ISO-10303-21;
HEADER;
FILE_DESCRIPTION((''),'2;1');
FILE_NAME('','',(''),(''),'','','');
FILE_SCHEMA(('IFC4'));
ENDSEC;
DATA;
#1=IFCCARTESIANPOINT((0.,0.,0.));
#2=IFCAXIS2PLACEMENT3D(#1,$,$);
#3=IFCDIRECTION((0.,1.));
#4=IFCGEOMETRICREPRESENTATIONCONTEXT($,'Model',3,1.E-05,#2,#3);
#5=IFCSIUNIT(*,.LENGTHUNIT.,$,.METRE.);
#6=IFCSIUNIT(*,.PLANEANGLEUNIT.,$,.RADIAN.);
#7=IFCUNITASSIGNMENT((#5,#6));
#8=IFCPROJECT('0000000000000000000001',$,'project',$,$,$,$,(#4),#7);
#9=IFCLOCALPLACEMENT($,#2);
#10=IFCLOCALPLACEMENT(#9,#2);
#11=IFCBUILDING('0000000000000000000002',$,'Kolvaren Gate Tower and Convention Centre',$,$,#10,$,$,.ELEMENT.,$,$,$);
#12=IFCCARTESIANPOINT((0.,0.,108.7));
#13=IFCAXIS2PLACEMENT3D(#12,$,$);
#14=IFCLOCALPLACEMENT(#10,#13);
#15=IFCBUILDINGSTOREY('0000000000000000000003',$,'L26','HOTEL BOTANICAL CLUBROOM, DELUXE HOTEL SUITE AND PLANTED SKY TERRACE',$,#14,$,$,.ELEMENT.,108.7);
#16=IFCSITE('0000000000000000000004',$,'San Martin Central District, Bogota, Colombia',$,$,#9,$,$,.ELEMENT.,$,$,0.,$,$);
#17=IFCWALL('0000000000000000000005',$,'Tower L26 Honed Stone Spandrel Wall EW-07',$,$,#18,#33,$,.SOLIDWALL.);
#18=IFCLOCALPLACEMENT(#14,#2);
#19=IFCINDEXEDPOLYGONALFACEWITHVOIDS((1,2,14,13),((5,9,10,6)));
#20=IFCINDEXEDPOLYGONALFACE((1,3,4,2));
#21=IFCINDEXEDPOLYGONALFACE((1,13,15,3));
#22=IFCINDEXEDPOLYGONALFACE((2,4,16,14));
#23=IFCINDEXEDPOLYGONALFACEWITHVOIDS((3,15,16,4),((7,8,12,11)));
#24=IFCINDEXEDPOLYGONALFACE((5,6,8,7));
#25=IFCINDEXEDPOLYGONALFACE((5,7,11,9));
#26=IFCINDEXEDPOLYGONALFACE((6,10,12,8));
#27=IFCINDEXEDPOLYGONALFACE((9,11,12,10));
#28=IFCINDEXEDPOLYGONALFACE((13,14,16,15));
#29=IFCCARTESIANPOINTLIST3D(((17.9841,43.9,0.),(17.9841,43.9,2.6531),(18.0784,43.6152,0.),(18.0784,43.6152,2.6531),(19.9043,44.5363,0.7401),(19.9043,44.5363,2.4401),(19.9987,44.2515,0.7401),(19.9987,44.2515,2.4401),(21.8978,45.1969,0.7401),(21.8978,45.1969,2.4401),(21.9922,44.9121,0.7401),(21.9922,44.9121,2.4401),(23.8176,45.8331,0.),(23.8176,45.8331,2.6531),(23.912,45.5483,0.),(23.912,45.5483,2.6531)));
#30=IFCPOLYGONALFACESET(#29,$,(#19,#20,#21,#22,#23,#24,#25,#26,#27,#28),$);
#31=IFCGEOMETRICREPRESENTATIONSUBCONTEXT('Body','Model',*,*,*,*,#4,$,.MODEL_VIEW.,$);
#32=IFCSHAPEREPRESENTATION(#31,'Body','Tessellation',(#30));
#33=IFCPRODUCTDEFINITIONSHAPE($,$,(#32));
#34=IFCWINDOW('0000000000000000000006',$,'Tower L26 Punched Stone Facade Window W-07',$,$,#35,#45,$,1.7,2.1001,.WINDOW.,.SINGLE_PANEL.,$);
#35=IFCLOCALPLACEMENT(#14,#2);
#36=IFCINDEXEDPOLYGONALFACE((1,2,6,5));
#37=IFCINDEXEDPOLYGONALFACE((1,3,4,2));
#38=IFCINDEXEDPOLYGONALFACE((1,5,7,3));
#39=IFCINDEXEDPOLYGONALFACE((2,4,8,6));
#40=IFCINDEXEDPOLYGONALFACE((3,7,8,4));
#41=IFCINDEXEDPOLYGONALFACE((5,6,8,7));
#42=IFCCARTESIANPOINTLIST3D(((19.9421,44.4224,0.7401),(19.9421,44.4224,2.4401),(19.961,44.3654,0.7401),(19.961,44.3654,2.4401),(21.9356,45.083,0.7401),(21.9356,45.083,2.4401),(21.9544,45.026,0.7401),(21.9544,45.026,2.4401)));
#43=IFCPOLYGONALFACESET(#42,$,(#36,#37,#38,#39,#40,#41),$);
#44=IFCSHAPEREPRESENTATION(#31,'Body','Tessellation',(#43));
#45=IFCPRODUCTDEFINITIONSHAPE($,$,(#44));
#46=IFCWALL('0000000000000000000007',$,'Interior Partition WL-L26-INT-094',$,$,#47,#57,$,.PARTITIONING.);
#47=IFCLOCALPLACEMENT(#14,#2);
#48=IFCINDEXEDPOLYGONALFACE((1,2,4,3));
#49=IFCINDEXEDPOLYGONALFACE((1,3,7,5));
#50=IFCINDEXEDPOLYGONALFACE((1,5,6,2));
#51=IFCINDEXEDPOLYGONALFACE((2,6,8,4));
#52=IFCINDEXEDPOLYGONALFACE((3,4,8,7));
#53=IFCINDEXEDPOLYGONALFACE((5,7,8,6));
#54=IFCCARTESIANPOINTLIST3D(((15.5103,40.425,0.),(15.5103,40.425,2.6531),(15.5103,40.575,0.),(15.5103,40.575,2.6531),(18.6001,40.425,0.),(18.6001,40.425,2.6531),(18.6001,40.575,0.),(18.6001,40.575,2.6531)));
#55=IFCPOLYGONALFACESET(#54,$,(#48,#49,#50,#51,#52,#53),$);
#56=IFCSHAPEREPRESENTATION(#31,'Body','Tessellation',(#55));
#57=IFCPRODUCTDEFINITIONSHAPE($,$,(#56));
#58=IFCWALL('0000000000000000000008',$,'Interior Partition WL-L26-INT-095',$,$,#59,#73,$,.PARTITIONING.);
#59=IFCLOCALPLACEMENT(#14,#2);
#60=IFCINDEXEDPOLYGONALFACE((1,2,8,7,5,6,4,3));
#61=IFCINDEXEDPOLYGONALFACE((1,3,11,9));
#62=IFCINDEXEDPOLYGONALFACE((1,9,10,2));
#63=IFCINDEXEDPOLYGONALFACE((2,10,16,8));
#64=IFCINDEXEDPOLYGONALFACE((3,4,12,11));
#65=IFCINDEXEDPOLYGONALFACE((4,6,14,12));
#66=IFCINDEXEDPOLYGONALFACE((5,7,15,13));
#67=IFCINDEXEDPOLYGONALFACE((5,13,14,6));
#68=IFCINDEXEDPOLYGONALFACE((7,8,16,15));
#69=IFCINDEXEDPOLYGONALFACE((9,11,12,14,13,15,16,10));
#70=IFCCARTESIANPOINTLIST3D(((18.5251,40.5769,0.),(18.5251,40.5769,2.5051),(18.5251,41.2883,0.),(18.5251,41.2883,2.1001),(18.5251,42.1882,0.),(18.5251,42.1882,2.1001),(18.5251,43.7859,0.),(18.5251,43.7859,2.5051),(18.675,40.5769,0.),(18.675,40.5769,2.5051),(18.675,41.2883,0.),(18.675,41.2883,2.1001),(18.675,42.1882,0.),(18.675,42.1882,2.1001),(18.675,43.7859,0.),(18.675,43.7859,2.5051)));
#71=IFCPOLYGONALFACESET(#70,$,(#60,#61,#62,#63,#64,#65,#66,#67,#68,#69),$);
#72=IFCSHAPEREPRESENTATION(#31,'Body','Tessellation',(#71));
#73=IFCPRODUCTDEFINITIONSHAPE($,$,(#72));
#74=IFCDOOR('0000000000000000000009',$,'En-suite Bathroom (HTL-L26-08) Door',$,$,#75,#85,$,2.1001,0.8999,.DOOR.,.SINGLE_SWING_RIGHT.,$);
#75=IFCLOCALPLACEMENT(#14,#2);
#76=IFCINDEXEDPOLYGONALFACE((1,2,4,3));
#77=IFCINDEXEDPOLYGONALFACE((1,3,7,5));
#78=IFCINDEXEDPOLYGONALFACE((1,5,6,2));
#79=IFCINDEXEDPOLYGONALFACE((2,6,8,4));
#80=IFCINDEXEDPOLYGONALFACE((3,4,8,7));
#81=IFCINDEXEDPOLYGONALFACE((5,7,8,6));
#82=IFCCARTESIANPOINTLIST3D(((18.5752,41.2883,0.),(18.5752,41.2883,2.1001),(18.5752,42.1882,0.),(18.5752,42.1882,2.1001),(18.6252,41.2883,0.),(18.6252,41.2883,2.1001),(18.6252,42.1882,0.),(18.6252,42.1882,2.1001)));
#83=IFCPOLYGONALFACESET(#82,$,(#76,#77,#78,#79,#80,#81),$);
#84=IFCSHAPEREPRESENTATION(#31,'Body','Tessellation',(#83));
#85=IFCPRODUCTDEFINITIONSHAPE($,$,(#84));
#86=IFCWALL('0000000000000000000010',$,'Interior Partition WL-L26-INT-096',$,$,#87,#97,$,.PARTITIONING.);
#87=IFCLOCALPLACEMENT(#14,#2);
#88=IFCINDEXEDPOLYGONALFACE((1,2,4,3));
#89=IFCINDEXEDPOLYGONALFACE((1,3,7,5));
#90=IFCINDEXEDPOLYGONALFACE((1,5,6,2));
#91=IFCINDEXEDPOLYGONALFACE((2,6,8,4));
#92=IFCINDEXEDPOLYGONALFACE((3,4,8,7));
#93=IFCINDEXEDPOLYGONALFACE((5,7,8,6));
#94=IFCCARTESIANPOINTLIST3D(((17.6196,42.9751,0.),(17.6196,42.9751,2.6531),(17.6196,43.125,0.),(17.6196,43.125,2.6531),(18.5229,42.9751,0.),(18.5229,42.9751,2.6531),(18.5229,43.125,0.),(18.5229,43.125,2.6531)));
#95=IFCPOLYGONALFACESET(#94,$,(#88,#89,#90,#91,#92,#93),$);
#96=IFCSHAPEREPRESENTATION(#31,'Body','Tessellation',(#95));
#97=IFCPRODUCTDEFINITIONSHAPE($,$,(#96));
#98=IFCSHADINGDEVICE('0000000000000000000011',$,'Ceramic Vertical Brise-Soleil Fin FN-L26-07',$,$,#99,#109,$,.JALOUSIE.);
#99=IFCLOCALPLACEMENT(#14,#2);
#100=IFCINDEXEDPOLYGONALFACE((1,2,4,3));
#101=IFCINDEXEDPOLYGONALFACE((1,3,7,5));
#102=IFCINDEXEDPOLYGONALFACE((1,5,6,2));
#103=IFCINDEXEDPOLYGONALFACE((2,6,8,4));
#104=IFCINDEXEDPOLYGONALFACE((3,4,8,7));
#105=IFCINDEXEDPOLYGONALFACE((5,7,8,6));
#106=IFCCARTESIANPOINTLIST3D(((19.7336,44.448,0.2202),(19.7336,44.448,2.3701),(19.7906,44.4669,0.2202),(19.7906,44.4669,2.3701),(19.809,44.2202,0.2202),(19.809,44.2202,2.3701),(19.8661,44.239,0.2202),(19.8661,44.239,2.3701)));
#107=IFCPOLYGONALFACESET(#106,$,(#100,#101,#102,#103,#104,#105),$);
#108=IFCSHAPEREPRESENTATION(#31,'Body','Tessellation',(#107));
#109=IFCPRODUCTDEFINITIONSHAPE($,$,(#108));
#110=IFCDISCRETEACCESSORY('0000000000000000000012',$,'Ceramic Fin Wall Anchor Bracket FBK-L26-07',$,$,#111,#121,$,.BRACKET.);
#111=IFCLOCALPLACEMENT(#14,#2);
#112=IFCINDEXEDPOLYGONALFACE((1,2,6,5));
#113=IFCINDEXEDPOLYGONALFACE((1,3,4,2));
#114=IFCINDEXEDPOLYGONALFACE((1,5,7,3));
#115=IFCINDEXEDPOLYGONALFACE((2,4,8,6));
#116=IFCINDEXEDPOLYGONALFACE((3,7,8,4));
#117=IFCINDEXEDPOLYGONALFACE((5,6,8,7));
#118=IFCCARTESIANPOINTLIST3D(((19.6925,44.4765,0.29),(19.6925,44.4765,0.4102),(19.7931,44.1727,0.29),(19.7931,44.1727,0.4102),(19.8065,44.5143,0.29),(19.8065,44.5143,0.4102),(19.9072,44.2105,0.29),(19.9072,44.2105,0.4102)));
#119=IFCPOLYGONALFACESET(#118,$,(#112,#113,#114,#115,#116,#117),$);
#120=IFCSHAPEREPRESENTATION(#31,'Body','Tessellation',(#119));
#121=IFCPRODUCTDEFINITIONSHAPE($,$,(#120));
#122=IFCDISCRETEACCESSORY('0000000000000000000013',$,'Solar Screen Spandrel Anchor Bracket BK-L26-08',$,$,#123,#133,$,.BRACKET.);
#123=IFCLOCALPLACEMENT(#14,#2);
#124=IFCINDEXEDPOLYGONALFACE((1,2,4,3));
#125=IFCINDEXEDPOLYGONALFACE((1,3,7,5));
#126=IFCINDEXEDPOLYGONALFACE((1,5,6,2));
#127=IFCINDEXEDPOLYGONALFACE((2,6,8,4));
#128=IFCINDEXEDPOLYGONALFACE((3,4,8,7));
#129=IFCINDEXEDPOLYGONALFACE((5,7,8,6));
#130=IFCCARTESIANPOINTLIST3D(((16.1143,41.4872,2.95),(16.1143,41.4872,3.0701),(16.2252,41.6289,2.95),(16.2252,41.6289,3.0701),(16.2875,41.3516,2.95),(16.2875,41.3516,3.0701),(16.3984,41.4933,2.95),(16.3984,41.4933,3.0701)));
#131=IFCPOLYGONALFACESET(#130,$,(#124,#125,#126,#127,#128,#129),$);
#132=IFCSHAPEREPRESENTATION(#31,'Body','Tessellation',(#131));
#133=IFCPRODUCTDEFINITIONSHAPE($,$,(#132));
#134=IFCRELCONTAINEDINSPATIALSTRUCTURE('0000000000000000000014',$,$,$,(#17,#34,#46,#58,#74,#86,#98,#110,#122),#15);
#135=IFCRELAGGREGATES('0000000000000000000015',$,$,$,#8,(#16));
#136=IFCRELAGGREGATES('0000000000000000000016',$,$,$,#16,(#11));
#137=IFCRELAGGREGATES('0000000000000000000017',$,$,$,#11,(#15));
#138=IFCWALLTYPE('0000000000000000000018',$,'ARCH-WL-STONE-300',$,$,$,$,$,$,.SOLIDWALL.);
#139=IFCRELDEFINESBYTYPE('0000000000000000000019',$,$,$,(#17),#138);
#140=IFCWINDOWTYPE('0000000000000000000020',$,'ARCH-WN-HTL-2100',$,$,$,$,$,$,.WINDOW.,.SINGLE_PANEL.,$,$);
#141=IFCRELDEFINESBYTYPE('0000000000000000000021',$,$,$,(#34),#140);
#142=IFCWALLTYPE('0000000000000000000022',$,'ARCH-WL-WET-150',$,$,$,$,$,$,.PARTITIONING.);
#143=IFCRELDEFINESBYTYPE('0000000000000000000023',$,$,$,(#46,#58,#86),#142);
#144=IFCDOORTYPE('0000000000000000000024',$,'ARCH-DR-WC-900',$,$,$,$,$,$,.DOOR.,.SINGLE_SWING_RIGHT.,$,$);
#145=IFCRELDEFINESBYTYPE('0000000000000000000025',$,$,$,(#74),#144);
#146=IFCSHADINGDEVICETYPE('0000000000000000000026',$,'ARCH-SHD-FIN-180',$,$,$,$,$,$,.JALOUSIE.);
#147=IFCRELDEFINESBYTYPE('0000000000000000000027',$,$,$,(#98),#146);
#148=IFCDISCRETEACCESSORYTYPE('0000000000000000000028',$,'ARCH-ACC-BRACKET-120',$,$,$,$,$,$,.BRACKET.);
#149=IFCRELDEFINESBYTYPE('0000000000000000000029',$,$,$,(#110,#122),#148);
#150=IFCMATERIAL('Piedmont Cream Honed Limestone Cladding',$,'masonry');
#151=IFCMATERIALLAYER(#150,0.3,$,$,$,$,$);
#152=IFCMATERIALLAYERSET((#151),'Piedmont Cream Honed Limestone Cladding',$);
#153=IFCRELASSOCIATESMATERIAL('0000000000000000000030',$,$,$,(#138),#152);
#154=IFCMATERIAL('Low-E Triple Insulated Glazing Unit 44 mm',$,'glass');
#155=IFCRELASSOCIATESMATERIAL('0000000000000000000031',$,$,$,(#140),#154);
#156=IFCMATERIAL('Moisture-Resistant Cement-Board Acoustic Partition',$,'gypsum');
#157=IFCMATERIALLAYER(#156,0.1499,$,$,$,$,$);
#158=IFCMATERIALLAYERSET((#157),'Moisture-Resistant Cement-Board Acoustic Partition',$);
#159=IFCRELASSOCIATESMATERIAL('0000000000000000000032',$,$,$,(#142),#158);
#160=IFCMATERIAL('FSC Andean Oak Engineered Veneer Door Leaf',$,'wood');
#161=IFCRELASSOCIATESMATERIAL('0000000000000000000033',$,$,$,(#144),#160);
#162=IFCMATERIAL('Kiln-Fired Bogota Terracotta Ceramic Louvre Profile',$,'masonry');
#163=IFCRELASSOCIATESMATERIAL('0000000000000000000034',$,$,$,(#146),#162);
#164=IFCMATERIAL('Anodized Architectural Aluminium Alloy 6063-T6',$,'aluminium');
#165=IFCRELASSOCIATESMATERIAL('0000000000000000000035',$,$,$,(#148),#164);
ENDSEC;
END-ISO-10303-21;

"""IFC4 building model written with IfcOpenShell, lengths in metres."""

from ifc_helpers import new_model, si_unit, direction, frame, frame_2d, origin, origin_2d, place, context, subcontext, project, spatial, rectangle, extrude, material, layer, layer_set, type_object, element, fill, save


model = new_model("IFC4")

# Units and contexts
model_context = context("Model", 3, precision=1e-05, world=origin(), true_north=direction((0.0, 1.0)))
body_context = subcontext(model_context, "Body", "Model", "MODEL_VIEW")
ifc_project = project(units=[si_unit("LENGTHUNIT", "METRE"), si_unit("PLANEANGLEUNIT", "RADIAN")], contexts=[model_context])

# Site, building, storey
site_placement = place(None, origin())
site = spatial("IfcSite", under=ifc_project, at=site_placement, Name="San Martin Central District, Bogota, Colombia", CompositionType="ELEMENT", RefElevation=0.0)
building_placement = place(site_placement, origin())
building = spatial("IfcBuilding", under=site, at=building_placement, Name="Kolvaren Gate Tower and Convention Centre", CompositionType="ELEMENT")
storey_placement = place(building_placement, frame((0.0, 0.0, 108.7)))
storey = spatial("IfcBuildingStorey", under=building, at=storey_placement, Name="L26", Description="HOTEL BOTANICAL CLUBROOM, DELUXE HOTEL SUITE AND PLANTED SKY TERRACE", CompositionType="ELEMENT", Elevation=108.7)

# Shared definitions
ifc_material_1 = material(Name="Anodized Architectural Aluminium Alloy 6063-T6", Category="aluminium")

# Shared definitions
ifc_material_2 = material(Name="Low-E Triple Insulated Glazing Unit 44 mm", Category="glass")

# Wall, opening, window
ifc_material_3 = material(Name="Piedmont Cream Honed Limestone Cladding", Category="masonry")
ifc_layer_1 = layer(ifc_material_3, 0.3)
ifc_layer_set_1 = layer_set([ifc_layer_1], Name="Piedmont Cream Honed Limestone Cladding")
wall_type_1 = type_object("IfcWallType", Name="ARCH-WL-STONE-300", PredefinedType="SOLIDWALL", material=ifc_layer_set_1)
wall_1_placement = place(storey_placement, frame((18.0312, 43.7576, 0.0), z_axis=(0.0, 0.0, 1.0), x_axis=(0.949238, 0.314559, 0.0)))
wall_1 = element("IfcWall", 1, at=wall_1_placement, inside=storey, type_object=wall_type_1, Name="Tower L26 Honed Stone Spandrel Wall EW-07", PredefinedType="SOLIDWALL", context=body_context, shape_type="SweptSolid", body=[
    extrude(rectangle(XDim=6.1455, YDim=0.3, at=frame_2d((3.0728, 0.0))), origin(), (0.0, 0.0, 1.0), 2.6531),
])
opening_1_placement = place(wall_1_placement, frame((2.0229, 0.0, 0.74)))
opening_1 = element("IfcOpeningElement", 2, at=opening_1_placement, cuts=wall_1, PredefinedType="OPENING", context=body_context, shape_type="SweptSolid", body=[
    extrude(rectangle(XDim=2.1001, YDim=1.7, at=frame_2d((1.05, 0.8501))), frame((0.0, 0.1599, 0.0), z_axis=(0.0, -1.0, 0.0), x_axis=(1.0, 0.0, 0.0)), (0.0, 0.0, 1.0), 0.3201),
])
window_type = type_object("IfcWindowType", Name="ARCH-WN-HTL-2100", PartitioningType="SINGLE_PANEL", PredefinedType="WINDOW", material=ifc_material_2)
window_placement = place(opening_1_placement, origin())
window = element("IfcWindow", 3, at=window_placement, inside=storey, type_object=window_type, Name="Tower L26 Punched Stone Facade Window W-07", OverallHeight=1.7, OverallWidth=2.1001, PartitioningType="SINGLE_PANEL", PredefinedType="WINDOW", context=body_context, shape_type="SweptSolid", body=[
    extrude(rectangle(XDim=2.1001, YDim=1.7, at=frame_2d((1.05, 0.8501))), frame((0.0, 0.03, 0.0), z_axis=(0.0, -1.0, 0.0), x_axis=(1.0, 0.0, 0.0)), (0.0, 0.0, 1.0), 0.0601),
])
fill(opening_1, window)

# Wall
ifc_material_4 = material(Name="Moisture-Resistant Cement-Board Acoustic Partition", Category="gypsum")
ifc_layer_2 = layer(ifc_material_4, 0.1499)
ifc_layer_set_2 = layer_set([ifc_layer_2], Name="Moisture-Resistant Cement-Board Acoustic Partition")
wall_type_2 = type_object("IfcWallType", Name="ARCH-WL-WET-150", PredefinedType="PARTITIONING", material=ifc_layer_set_2)
wall_2_placement = place(storey_placement, frame((15.5103, 40.5, 0.0), z_axis=(0.0, 0.0, 1.0), x_axis=(1.0, 0.0, 0.0)))
element("IfcWall", 4, at=wall_2_placement, inside=storey, type_object=wall_type_2, Name="Interior Partition WL-L26-INT-094", PredefinedType="PARTITIONING", context=body_context, shape_type="SweptSolid", body=[
    extrude(rectangle(XDim=3.0898, YDim=0.1499, at=frame_2d((1.5449, 0.0))), origin(), (0.0, 0.0, 1.0), 2.6531),
])

# Wall, opening, door
wall_3_placement = place(storey_placement, frame((18.6001, 40.5769, 0.0), z_axis=(0.0, 0.0, 1.0), x_axis=(0.0, 1.0, 0.0)))
wall_3 = element("IfcWall", 5, at=wall_3_placement, inside=storey, type_object=wall_type_2, Name="Interior Partition WL-L26-INT-095", PredefinedType="PARTITIONING", context=body_context, shape_type="SweptSolid", body=[
    extrude(rectangle(XDim=3.209, YDim=0.1499, at=frame_2d((1.6045, 0.0))), origin(), (0.0, 0.0, 1.0), 2.5051),
])
opening_2_placement = place(wall_3_placement, frame((0.7114, 0.0, 0.0)))
opening_2 = element("IfcOpeningElement", 6, at=opening_2_placement, cuts=wall_3, PredefinedType="OPENING", context=body_context, shape_type="SweptSolid", body=[
    extrude(rectangle(XDim=0.8999, YDim=2.1001, at=frame_2d((0.45, 1.05))), frame((0.0, 0.085, 0.0), z_axis=(0.0, -1.0, 0.0), x_axis=(1.0, 0.0, 0.0)), (0.0, 0.0, 1.0), 0.1699),
])
ifc_material_5 = material(Name="FSC Andean Oak Engineered Veneer Door Leaf", Category="wood")
door_type_1 = type_object("IfcDoorType", Name="ARCH-DR-WC-900", OperationType="SINGLE_SWING_RIGHT", PredefinedType="DOOR", material=ifc_material_5)
door_1_placement = place(opening_2_placement, origin())
door_1 = element("IfcDoor", 7, at=door_1_placement, inside=storey, type_object=door_type_1, Name="En-suite Bathroom (HTL-L26-08) Door", OperationType="SINGLE_SWING_RIGHT", OverallHeight=2.1001, OverallWidth=0.8999, PredefinedType="DOOR", context=body_context, shape_type="SweptSolid", body=[
    extrude(rectangle(XDim=0.8999, YDim=2.1001, at=frame_2d((0.45, 1.05))), frame((0.0, 0.0249, 0.0), z_axis=(0.0, -1.0, 0.0), x_axis=(1.0, 0.0, 0.0)), (0.0, 0.0, 1.0), 0.05),
])
fill(opening_2, door_1)

# Wall
wall_4_placement = place(storey_placement, frame((17.6196, 43.05, 0.0), z_axis=(0.0, 0.0, 1.0), x_axis=(1.0, 0.0, 0.0)))
element("IfcWall", 8, at=wall_4_placement, inside=storey, type_object=wall_type_2, Name="Interior Partition WL-L26-INT-096", PredefinedType="PARTITIONING", context=body_context, shape_type="SweptSolid", body=[
    extrude(rectangle(XDim=0.9033, YDim=0.1499, at=frame_2d((0.4517, 0.0))), origin(), (0.0, 0.0, 1.0), 2.6531),
])

# Shading device
ifc_material_6 = material(Name="Kiln-Fired Bogota Terracotta Ceramic Louvre Profile", Category="masonry")
shading_device_type = type_object("IfcShadingDeviceType", Name="ARCH-SHD-FIN-180", PredefinedType="JALOUSIE", material=ifc_material_6)
shading_device_placement = place(storey_placement, frame((19.7998, 44.3435, 0.2202), z_axis=(0.0, 0.0, 1.0), x_axis=(0.949238, 0.314557, 0.0)))
element("IfcShadingDevice", 9, at=shading_device_placement, inside=storey, type_object=shading_device_type, Name="Ceramic Vertical Brise-Soleil Fin FN-L26-07", PredefinedType="JALOUSIE", context=body_context, shape_type="SweptSolid", body=[
    extrude(rectangle(XDim=0.0601, YDim=0.24, at=origin_2d()), origin(), (0.0, 0.0, 1.0), 2.1499),
])

# Discrete accessories
discrete_accessory_type = type_object("IfcDiscreteAccessoryType", Name="ARCH-ACC-BRACKET-120", PredefinedType="BRACKET", material=ifc_material_1)
discrete_accessory_1_placement = place(storey_placement, frame((19.7998, 44.3435, 0.29), z_axis=(0.0, 0.0, 1.0), x_axis=(0.949238, 0.314557, 0.0)))
element("IfcDiscreteAccessory", 10, at=discrete_accessory_1_placement, inside=storey, type_object=discrete_accessory_type, Name="Ceramic Fin Wall Anchor Bracket FBK-L26-07", PredefinedType="BRACKET", context=body_context, shape_type="SweptSolid", body=[
    extrude(rectangle(XDim=0.1201, YDim=0.3201, at=origin_2d()), origin(), (0.0, 0.0, 1.0), 0.1201),
])
discrete_accessory_2_placement = place(storey_placement, frame((16.2563, 41.4902, 2.95), z_axis=(0.0, 0.0, 1.0), x_axis=(0.616435, 0.787405, 0.0)))
element("IfcDiscreteAccessory", 11, at=discrete_accessory_2_placement, inside=storey, type_object=discrete_accessory_type, Name="Solar Screen Spandrel Anchor Bracket BK-L26-08", PredefinedType="BRACKET", context=body_context, shape_type="SweptSolid", body=[
    extrude(rectangle(XDim=0.1799, YDim=0.22, at=origin_2d()), origin(), (0.0, 0.0, 1.0), 0.1201),
])

save(model, "model.ifc")
